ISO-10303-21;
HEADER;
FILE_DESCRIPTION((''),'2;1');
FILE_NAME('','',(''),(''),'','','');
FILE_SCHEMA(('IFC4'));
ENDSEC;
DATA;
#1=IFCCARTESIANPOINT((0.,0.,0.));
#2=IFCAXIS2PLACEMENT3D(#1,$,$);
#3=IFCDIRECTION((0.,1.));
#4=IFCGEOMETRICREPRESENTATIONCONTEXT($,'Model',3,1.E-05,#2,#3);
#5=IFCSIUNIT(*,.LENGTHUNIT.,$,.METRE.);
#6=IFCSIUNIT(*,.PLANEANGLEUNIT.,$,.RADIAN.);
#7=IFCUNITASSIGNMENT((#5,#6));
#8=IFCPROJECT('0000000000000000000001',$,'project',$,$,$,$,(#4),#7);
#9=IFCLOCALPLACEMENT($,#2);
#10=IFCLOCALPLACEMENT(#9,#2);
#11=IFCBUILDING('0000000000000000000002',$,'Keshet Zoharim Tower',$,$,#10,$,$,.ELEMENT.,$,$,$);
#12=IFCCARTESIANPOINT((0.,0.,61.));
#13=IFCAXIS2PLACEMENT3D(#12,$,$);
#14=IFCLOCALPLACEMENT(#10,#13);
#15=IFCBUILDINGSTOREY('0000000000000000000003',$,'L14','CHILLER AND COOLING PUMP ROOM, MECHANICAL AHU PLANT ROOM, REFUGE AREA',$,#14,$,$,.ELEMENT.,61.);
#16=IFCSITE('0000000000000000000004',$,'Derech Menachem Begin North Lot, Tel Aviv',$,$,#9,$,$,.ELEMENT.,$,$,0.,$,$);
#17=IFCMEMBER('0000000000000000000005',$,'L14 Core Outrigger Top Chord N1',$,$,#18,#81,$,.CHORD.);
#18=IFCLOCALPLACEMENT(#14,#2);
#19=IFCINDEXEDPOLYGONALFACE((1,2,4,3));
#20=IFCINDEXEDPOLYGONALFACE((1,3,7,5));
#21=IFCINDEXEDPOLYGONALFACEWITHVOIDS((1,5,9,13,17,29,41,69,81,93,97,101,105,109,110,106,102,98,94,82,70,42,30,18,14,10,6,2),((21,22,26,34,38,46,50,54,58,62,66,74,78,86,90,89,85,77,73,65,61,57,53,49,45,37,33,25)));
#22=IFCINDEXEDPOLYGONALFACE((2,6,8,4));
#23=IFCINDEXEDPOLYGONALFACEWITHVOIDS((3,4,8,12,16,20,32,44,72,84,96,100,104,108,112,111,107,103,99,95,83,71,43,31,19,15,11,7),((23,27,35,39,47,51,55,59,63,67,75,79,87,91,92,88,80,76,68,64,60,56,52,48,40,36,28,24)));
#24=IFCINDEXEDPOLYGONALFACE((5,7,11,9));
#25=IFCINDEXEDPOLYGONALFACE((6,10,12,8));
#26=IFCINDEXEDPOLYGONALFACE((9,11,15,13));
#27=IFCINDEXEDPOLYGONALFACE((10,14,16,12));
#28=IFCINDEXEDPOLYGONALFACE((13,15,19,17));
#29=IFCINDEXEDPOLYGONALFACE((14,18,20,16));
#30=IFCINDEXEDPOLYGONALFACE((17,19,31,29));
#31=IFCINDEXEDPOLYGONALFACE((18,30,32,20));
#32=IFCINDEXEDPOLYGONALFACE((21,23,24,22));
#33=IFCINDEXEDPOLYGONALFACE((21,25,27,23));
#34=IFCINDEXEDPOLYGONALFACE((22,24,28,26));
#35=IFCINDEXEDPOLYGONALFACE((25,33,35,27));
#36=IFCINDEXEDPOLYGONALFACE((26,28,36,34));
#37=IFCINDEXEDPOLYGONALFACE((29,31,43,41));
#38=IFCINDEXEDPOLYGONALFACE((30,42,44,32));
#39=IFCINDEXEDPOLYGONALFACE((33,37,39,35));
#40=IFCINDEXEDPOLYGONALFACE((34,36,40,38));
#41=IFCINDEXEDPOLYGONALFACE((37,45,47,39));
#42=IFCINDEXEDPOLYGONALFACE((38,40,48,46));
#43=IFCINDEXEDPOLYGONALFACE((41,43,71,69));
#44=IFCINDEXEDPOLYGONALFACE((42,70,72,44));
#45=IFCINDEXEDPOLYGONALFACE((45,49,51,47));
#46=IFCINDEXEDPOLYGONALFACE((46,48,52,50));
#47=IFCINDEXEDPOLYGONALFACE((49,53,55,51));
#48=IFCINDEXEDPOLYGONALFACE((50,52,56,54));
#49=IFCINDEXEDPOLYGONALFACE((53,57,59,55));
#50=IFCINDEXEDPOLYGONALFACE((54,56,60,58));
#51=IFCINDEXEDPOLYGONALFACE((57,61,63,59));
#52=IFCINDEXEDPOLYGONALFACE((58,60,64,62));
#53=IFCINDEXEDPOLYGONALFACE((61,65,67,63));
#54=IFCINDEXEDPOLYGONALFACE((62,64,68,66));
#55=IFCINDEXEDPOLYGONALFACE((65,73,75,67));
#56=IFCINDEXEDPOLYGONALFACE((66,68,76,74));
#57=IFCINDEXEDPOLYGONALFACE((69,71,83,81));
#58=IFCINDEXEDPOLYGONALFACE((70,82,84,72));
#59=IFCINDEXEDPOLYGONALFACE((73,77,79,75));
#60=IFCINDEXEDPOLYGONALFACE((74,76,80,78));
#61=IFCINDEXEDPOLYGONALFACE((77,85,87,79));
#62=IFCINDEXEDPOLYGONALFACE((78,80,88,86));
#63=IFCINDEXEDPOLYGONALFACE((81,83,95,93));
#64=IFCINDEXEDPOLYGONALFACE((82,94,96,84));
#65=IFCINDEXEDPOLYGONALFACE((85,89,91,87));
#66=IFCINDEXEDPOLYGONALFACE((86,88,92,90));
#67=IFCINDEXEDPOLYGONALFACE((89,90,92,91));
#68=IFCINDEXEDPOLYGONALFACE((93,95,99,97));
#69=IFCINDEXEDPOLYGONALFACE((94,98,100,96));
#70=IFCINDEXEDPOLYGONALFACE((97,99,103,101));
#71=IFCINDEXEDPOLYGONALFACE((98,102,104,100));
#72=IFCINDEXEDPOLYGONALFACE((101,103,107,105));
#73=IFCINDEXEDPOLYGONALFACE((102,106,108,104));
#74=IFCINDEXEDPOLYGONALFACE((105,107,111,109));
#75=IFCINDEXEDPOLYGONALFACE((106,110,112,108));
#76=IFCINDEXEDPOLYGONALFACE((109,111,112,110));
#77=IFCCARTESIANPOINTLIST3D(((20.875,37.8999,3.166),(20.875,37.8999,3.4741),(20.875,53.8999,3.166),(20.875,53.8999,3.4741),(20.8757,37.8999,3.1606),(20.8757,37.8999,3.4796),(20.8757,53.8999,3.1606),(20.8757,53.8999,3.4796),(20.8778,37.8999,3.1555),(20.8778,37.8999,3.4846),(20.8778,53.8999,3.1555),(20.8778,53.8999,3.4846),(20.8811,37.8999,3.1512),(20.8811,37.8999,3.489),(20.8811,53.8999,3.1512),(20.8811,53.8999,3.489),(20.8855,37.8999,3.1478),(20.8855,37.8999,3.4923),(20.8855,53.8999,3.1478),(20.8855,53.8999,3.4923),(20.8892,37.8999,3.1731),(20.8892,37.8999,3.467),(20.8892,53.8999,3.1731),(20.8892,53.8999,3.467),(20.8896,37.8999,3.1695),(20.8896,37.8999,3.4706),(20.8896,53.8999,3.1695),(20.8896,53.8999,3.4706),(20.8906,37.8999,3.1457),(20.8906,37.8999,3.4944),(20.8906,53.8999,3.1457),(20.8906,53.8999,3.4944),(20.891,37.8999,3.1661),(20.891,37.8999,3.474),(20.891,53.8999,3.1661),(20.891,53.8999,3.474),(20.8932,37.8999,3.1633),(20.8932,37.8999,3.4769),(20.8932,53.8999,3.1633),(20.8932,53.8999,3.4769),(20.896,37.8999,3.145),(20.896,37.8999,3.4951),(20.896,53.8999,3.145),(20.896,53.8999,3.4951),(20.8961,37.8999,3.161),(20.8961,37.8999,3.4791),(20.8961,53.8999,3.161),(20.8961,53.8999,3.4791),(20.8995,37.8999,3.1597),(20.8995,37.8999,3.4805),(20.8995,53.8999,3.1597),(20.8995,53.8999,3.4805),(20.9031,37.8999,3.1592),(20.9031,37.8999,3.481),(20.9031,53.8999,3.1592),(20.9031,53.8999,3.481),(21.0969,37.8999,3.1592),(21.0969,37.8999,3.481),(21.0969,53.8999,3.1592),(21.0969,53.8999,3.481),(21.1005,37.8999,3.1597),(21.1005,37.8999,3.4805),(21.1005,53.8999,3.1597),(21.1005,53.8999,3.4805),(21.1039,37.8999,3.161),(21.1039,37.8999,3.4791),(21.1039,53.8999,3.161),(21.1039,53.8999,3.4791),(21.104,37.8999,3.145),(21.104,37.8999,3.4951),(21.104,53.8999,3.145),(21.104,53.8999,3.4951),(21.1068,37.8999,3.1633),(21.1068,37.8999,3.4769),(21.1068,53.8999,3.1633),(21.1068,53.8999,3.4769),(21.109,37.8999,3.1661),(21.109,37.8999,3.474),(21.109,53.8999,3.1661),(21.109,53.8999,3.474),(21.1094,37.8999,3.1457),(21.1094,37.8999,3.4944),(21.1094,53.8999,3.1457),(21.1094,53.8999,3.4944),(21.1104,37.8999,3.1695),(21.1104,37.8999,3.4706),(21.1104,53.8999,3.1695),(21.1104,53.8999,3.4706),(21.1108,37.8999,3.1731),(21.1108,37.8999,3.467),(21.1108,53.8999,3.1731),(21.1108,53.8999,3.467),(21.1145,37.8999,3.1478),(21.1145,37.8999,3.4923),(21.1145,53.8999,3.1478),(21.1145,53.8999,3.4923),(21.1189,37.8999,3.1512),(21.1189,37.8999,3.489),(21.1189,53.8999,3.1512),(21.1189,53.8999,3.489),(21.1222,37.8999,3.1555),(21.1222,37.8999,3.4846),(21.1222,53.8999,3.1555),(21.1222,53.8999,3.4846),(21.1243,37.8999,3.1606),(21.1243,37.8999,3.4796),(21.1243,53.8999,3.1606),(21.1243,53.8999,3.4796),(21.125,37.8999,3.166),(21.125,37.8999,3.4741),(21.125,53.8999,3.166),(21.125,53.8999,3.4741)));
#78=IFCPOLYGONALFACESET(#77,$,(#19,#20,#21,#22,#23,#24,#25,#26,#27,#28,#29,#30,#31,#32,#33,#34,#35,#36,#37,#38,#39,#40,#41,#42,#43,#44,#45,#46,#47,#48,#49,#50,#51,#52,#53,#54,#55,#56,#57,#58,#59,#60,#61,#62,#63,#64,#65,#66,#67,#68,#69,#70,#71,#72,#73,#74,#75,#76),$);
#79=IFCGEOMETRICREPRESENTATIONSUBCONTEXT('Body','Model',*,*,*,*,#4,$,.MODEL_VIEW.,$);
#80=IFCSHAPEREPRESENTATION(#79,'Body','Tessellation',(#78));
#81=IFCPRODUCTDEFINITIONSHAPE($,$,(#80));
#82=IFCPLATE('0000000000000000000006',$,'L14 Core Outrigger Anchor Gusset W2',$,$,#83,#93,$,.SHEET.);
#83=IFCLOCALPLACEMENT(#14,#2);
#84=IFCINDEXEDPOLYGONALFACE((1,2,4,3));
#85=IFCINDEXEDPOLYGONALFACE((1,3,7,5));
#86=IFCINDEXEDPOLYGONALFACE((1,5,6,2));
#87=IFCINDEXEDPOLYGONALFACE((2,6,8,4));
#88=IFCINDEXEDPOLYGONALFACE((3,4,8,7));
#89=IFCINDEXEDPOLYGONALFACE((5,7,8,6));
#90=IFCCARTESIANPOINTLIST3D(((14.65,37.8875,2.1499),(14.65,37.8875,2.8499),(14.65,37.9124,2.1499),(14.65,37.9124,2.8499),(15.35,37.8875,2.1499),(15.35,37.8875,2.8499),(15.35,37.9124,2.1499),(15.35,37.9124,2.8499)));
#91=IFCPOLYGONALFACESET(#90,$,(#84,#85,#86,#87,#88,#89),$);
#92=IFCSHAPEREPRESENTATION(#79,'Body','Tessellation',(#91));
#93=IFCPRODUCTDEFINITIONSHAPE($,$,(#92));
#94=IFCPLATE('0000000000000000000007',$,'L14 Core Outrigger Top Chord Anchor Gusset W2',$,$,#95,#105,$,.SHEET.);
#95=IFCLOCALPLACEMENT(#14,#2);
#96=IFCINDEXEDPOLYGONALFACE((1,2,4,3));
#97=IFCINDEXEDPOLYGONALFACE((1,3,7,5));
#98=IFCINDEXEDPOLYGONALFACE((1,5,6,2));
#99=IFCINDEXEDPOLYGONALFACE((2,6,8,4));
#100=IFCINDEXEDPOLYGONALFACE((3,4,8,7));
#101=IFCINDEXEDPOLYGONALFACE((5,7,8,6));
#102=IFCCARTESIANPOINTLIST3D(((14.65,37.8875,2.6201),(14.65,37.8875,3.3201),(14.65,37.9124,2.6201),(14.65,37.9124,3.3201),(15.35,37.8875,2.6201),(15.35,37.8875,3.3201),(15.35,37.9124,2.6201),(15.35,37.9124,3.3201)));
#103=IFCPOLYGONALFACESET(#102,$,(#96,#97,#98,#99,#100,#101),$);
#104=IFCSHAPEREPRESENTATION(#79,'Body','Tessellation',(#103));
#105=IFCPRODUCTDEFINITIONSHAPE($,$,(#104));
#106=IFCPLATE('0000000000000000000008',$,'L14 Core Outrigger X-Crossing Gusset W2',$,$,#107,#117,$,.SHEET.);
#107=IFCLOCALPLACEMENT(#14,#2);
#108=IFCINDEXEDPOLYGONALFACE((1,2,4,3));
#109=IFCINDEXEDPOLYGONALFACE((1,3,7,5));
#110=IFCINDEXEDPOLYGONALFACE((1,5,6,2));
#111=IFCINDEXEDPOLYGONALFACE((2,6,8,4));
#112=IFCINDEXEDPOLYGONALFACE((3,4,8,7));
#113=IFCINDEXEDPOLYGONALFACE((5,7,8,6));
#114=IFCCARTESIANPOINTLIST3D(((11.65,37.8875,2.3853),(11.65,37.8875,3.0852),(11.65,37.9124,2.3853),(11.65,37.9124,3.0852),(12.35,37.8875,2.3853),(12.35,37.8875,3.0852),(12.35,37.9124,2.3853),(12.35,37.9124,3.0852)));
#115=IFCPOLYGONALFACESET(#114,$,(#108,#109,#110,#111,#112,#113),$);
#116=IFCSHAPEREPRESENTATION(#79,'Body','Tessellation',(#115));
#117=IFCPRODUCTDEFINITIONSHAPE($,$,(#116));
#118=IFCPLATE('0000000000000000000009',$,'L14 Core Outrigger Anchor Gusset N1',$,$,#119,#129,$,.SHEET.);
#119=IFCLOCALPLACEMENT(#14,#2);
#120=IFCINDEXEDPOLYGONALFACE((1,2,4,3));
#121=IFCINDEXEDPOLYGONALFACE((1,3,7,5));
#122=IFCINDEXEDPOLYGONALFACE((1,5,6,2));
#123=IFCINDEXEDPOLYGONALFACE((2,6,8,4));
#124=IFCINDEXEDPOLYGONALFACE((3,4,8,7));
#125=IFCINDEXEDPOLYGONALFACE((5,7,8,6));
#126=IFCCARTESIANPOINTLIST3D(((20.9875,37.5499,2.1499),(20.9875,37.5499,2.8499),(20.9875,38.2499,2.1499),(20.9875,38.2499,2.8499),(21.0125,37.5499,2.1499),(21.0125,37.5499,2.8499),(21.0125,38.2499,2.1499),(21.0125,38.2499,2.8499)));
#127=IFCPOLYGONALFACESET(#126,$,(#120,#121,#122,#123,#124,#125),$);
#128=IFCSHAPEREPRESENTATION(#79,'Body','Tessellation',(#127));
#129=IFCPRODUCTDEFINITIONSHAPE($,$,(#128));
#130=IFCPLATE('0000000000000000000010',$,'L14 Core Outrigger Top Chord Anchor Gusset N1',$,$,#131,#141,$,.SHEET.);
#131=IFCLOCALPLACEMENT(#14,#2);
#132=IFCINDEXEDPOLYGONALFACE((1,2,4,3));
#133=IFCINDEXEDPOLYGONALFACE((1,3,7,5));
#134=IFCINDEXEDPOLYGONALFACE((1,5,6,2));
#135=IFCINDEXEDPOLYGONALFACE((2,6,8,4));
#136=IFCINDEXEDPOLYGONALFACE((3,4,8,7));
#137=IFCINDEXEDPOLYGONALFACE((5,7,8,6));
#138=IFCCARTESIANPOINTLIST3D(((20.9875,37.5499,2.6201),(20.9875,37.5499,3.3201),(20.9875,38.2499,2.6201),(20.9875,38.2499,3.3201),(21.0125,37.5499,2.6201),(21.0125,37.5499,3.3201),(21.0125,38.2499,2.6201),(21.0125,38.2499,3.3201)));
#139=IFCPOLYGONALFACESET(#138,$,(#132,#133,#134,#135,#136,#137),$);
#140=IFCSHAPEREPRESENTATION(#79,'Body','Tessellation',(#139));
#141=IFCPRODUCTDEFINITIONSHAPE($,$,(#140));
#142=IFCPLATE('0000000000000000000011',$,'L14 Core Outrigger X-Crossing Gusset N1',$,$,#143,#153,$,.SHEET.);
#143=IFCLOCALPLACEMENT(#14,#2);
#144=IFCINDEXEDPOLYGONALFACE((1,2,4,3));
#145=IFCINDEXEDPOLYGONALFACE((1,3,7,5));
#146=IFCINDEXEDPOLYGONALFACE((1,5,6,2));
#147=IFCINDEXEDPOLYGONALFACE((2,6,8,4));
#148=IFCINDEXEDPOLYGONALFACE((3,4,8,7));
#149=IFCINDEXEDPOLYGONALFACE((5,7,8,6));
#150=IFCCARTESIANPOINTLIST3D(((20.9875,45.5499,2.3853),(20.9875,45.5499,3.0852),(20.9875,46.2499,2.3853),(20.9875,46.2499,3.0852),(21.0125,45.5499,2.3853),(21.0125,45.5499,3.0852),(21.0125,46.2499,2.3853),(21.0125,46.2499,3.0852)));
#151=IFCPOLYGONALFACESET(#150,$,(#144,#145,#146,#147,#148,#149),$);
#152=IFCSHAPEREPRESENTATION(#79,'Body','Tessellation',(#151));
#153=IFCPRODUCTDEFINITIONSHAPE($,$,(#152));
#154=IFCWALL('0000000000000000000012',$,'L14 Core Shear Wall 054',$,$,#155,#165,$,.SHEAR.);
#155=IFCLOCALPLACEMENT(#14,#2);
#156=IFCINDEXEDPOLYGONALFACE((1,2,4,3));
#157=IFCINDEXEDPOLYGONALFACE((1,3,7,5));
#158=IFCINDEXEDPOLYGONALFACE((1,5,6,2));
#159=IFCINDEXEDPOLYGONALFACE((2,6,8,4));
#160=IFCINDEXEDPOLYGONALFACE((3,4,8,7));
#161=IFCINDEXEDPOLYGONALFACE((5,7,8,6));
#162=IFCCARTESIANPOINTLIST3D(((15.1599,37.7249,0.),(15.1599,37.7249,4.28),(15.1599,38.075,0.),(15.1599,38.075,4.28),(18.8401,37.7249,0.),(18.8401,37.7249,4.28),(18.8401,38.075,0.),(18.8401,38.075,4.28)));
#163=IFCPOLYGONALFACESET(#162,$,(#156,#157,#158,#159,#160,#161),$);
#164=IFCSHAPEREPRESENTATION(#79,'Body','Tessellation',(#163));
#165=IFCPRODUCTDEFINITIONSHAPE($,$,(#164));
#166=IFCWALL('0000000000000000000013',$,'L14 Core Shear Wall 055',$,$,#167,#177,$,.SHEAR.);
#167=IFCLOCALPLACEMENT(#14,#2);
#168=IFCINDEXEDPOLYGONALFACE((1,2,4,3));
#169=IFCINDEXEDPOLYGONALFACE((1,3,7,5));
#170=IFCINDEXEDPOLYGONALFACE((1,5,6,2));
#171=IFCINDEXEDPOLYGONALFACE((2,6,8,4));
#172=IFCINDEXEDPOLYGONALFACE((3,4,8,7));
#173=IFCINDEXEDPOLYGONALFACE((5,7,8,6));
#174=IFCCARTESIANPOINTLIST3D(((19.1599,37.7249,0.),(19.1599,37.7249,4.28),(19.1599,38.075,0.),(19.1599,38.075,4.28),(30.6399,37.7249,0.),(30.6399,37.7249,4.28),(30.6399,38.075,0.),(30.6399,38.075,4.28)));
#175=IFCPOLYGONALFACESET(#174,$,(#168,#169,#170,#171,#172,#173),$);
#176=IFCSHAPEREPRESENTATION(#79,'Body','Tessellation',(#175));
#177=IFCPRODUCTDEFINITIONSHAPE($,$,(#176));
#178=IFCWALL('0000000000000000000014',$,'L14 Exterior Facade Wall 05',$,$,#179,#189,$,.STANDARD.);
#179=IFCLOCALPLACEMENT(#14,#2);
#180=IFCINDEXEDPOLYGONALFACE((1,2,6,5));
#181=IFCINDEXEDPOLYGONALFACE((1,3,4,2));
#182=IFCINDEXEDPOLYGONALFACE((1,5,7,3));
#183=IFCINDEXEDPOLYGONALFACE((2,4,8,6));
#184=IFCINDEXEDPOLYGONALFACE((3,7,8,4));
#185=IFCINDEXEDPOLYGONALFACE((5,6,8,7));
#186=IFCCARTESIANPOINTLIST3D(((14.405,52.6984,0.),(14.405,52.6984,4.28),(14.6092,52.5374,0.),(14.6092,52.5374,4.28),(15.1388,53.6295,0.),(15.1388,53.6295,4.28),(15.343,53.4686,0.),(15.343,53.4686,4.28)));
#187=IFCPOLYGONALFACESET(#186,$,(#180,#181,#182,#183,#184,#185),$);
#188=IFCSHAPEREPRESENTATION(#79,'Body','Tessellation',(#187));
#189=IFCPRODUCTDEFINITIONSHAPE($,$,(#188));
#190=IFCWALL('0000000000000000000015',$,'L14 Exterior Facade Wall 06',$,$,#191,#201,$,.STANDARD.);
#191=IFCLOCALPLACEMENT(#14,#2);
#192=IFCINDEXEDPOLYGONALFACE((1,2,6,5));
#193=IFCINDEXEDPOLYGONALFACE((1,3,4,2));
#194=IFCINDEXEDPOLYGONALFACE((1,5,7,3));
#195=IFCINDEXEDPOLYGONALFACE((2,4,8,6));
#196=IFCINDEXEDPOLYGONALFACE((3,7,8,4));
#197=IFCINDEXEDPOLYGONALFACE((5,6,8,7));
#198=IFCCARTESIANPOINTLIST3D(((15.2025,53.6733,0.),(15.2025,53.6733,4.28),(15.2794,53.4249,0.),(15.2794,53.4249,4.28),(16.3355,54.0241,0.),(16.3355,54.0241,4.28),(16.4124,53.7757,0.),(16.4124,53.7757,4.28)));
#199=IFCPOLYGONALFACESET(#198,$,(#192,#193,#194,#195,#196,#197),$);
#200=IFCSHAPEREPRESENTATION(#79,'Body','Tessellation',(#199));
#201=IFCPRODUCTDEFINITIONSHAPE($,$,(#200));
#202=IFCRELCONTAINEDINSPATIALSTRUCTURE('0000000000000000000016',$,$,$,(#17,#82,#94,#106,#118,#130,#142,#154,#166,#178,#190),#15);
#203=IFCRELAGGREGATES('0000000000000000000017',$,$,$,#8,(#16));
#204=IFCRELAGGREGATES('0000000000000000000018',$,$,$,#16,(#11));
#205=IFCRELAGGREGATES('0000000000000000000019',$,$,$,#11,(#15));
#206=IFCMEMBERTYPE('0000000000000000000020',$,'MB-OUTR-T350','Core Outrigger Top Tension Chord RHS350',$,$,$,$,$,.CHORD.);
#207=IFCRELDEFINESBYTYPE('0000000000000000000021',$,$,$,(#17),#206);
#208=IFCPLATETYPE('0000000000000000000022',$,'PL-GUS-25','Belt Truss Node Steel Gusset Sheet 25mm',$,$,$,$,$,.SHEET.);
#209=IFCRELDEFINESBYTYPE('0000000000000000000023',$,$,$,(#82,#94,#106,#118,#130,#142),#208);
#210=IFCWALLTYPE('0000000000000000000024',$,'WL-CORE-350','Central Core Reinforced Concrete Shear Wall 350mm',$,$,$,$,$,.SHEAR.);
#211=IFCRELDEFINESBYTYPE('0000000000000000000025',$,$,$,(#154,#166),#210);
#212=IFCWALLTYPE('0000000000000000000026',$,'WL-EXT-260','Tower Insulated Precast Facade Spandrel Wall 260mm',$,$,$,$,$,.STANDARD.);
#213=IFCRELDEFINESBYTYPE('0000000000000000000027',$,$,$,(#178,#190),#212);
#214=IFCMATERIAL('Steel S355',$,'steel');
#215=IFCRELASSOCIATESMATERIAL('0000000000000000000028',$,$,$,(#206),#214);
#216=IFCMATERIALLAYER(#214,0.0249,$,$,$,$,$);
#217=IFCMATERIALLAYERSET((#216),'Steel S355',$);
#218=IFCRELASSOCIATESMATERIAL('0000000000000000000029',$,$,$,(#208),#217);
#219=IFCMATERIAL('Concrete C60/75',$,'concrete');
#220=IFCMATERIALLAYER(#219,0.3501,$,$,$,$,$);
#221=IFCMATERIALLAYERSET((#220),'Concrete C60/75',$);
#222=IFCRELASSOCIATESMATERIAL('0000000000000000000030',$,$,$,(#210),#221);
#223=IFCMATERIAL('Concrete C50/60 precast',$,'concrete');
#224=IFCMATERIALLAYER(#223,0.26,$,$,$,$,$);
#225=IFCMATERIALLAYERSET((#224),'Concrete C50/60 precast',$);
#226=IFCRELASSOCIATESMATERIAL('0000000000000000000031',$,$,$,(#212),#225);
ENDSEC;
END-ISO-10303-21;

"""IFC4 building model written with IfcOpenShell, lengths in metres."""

from ifc_helpers import new_model, si_unit, direction, frame, frame_2d, origin, origin_2d, place, context, subcontext, project, spatial, rectangle, hollow_rectangle, extrude, material, layer, layer_set, material_profile, profile_set, type_object, element, save


model = new_model("IFC4")

# Units and contexts
model_context = context("Model", 3, precision=1e-05, world=origin(), true_north=direction((0.0, 1.0)))
body_context = subcontext(model_context, "Body", "Model", "MODEL_VIEW")
ifc_project = project(units=[si_unit("LENGTHUNIT", "METRE"), si_unit("PLANEANGLEUNIT", "RADIAN")], contexts=[model_context])

# Site, building, storey
site_placement = place(None, origin())
site = spatial("IfcSite", under=ifc_project, at=site_placement, Name="Derech Menachem Begin North Lot, Tel Aviv", CompositionType="ELEMENT", RefElevation=0.0)
building_placement = place(site_placement, origin())
building = spatial("IfcBuilding", under=site, at=building_placement, Name="Keshet Zoharim Tower", CompositionType="ELEMENT")
storey_placement = place(building_placement, frame((0.0, 0.0, 61.0)))
storey = spatial("IfcBuildingStorey", under=building, at=storey_placement, Name="L14", Description="CHILLER AND COOLING PUMP ROOM, MECHANICAL AHU PLANT ROOM, REFUGE AREA", CompositionType="ELEMENT", Elevation=61.0)

# Shared definitions
ifc_material_1 = material(Name="Steel S355", Category="steel")

# Member
ifc_material_profile_1 = material_profile(ifc_material_1, hollow_rectangle(XDim=0.25, YDim=0.3501, WallThickness=0.0142, InnerFilletRadius=0.0139, OuterFilletRadius=0.021, at=origin_2d()), Name="RHS350x250x14.2")
ifc_profile_set_1 = profile_set([ifc_material_profile_1], Name="Steel S355")
member_type_1 = type_object("IfcMemberType", Name="MB-OUTR-T350", Description="Core Outrigger Top Tension Chord RHS350", PredefinedType="CHORD", material=ifc_profile_set_1)
member_1_placement = place(storey_placement, frame((21.0, 37.8999, 3.3201), z_axis=(0.0, 1.0, 0.0), x_axis=(-1.0, 0.0, 0.0)))
element("IfcMember", 1, at=member_1_placement, inside=storey, type_object=member_type_1, Name="L14 Core Outrigger Top Chord N1", PredefinedType="CHORD", context=body_context, shape_type="SweptSolid", body=[
    extrude(hollow_rectangle(XDim=0.25, YDim=0.3501, WallThickness=0.0142, InnerFilletRadius=0.0139, OuterFilletRadius=0.021, at=origin_2d()), origin(), (0.0, 0.0, 1.0), 16.0),
])

# Plates
ifc_layer_1 = layer(ifc_material_1, 0.0249)
ifc_layer_set_1 = layer_set([ifc_layer_1], Name="Steel S355")
plate_type = type_object("IfcPlateType", Name="PL-GUS-25", Description="Belt Truss Node Steel Gusset Sheet 25mm", PredefinedType="SHEET", material=ifc_layer_set_1)
for number, where, z_axis, x_axis, name in (
    (2, (15.0, 37.8999, 2.1499), (0.0, 0.0, 1.0), (1.0, 0.0, 0.0), "L14 Core Outrigger Anchor Gusset W2"),
    (3, (15.0, 37.8999, 2.6201), (0.0, 0.0, 1.0), (1.0, 0.0, 0.0), "L14 Core Outrigger Top Chord Anchor Gusset W2"),
    (4, (12.0, 37.8999, 2.3853), (0.0, 0.0, 1.0), (1.0, 0.0, 0.0), "L14 Core Outrigger X-Crossing Gusset W2"),
    (5, (21.0, 37.8999, 2.1499), (0.0, 0.0, 1.0), (0.0, 1.0, 0.0), "L14 Core Outrigger Anchor Gusset N1"),
    (6, (21.0, 37.8999, 2.6201), (0.0, 0.0, 1.0), (0.0, 1.0, 0.0), "L14 Core Outrigger Top Chord Anchor Gusset N1"),
    (7, (21.0, 45.8999, 2.3853), (0.0, 0.0, 1.0), (0.0, 1.0, 0.0), "L14 Core Outrigger X-Crossing Gusset N1"),
):
    element("IfcPlate", number, at=place(storey_placement, frame(where, z_axis=z_axis, x_axis=x_axis)), inside=storey, type_object=plate_type, Name=name, PredefinedType="SHEET", context=body_context, shape_type="SweptSolid", body=[
        extrude(rectangle(XDim=0.7, YDim=0.0249, at=origin_2d()), origin(), (0.0, 0.0, 1.0), 0.7),
    ])

# Walls
ifc_material_2 = material(Name="Concrete C60/75", Category="concrete")
ifc_layer_2 = layer(ifc_material_2, 0.3501)
ifc_layer_set_2 = layer_set([ifc_layer_2], Name="Concrete C60/75")
wall_type_1 = type_object("IfcWallType", Name="WL-CORE-350", Description="Central Core Reinforced Concrete Shear Wall 350mm", PredefinedType="SHEAR", material=ifc_layer_set_2)
wall_1_placement = place(storey_placement, frame((15.1599, 37.8999, 0.0), z_axis=(0.0, 0.0, 1.0), x_axis=(1.0, 0.0, 0.0)))
element("IfcWall", 8, at=wall_1_placement, inside=storey, type_object=wall_type_1, Name="L14 Core Shear Wall 054", PredefinedType="SHEAR", context=body_context, shape_type="SweptSolid", body=[
    extrude(rectangle(XDim=3.6802, YDim=0.3501, at=frame_2d((1.8401, 0.0))), origin(), (0.0, 0.0, 1.0), 4.28),
])
wall_2_placement = place(storey_placement, frame((19.1599, 37.8999, 0.0), z_axis=(0.0, 0.0, 1.0), x_axis=(1.0, 0.0, 0.0)))
element("IfcWall", 9, at=wall_2_placement, inside=storey, type_object=wall_type_1, Name="L14 Core Shear Wall 055", PredefinedType="SHEAR", context=body_context, shape_type="SweptSolid", body=[
    extrude(rectangle(XDim=11.48, YDim=0.3501, at=frame_2d((5.74, 0.0))), origin(), (0.0, 0.0, 1.0), 4.28),
])
ifc_material_3 = material(Name="Concrete C50/60 precast", Category="concrete")
ifc_layer_3 = layer(ifc_material_3, 0.26)
ifc_layer_set_3 = layer_set([ifc_layer_3], Name="Concrete C50/60 precast")
wall_type_2 = type_object("IfcWallType", Name="WL-EXT-260", Description="Tower Insulated Precast Facade Spandrel Wall 260mm", PredefinedType="STANDARD", material=ifc_layer_set_3)
wall_3_placement = place(storey_placement, frame((14.5071, 52.6179, 0.0), z_axis=(0.0, 0.0, 1.0), x_axis=(0.619003, 0.785389, 0.0)))
element("IfcWall", 10, at=wall_3_placement, inside=storey, type_object=wall_type_2, Name="L14 Exterior Facade Wall 05", PredefinedType="STANDARD", context=body_context, shape_type="SweptSolid", body=[
    extrude(rectangle(XDim=1.1855, YDim=0.26, at=frame_2d((0.5928, 0.0))), origin(), (0.0, 0.0, 1.0), 4.28),
])
wall_4_placement = place(storey_placement, frame((15.241, 53.5491, 0.0), z_axis=(0.0, 0.0, 1.0), x_axis=(0.955257, 0.295778, 0.0)))
element("IfcWall", 11, at=wall_4_placement, inside=storey, type_object=wall_type_2, Name="L14 Exterior Facade Wall 06", PredefinedType="STANDARD", context=body_context, shape_type="SweptSolid", body=[
    extrude(rectangle(XDim=1.186, YDim=0.26, at=frame_2d((0.593, 0.0))), origin(), (0.0, 0.0, 1.0), 4.28),
])

save(model, "model.ifc")
